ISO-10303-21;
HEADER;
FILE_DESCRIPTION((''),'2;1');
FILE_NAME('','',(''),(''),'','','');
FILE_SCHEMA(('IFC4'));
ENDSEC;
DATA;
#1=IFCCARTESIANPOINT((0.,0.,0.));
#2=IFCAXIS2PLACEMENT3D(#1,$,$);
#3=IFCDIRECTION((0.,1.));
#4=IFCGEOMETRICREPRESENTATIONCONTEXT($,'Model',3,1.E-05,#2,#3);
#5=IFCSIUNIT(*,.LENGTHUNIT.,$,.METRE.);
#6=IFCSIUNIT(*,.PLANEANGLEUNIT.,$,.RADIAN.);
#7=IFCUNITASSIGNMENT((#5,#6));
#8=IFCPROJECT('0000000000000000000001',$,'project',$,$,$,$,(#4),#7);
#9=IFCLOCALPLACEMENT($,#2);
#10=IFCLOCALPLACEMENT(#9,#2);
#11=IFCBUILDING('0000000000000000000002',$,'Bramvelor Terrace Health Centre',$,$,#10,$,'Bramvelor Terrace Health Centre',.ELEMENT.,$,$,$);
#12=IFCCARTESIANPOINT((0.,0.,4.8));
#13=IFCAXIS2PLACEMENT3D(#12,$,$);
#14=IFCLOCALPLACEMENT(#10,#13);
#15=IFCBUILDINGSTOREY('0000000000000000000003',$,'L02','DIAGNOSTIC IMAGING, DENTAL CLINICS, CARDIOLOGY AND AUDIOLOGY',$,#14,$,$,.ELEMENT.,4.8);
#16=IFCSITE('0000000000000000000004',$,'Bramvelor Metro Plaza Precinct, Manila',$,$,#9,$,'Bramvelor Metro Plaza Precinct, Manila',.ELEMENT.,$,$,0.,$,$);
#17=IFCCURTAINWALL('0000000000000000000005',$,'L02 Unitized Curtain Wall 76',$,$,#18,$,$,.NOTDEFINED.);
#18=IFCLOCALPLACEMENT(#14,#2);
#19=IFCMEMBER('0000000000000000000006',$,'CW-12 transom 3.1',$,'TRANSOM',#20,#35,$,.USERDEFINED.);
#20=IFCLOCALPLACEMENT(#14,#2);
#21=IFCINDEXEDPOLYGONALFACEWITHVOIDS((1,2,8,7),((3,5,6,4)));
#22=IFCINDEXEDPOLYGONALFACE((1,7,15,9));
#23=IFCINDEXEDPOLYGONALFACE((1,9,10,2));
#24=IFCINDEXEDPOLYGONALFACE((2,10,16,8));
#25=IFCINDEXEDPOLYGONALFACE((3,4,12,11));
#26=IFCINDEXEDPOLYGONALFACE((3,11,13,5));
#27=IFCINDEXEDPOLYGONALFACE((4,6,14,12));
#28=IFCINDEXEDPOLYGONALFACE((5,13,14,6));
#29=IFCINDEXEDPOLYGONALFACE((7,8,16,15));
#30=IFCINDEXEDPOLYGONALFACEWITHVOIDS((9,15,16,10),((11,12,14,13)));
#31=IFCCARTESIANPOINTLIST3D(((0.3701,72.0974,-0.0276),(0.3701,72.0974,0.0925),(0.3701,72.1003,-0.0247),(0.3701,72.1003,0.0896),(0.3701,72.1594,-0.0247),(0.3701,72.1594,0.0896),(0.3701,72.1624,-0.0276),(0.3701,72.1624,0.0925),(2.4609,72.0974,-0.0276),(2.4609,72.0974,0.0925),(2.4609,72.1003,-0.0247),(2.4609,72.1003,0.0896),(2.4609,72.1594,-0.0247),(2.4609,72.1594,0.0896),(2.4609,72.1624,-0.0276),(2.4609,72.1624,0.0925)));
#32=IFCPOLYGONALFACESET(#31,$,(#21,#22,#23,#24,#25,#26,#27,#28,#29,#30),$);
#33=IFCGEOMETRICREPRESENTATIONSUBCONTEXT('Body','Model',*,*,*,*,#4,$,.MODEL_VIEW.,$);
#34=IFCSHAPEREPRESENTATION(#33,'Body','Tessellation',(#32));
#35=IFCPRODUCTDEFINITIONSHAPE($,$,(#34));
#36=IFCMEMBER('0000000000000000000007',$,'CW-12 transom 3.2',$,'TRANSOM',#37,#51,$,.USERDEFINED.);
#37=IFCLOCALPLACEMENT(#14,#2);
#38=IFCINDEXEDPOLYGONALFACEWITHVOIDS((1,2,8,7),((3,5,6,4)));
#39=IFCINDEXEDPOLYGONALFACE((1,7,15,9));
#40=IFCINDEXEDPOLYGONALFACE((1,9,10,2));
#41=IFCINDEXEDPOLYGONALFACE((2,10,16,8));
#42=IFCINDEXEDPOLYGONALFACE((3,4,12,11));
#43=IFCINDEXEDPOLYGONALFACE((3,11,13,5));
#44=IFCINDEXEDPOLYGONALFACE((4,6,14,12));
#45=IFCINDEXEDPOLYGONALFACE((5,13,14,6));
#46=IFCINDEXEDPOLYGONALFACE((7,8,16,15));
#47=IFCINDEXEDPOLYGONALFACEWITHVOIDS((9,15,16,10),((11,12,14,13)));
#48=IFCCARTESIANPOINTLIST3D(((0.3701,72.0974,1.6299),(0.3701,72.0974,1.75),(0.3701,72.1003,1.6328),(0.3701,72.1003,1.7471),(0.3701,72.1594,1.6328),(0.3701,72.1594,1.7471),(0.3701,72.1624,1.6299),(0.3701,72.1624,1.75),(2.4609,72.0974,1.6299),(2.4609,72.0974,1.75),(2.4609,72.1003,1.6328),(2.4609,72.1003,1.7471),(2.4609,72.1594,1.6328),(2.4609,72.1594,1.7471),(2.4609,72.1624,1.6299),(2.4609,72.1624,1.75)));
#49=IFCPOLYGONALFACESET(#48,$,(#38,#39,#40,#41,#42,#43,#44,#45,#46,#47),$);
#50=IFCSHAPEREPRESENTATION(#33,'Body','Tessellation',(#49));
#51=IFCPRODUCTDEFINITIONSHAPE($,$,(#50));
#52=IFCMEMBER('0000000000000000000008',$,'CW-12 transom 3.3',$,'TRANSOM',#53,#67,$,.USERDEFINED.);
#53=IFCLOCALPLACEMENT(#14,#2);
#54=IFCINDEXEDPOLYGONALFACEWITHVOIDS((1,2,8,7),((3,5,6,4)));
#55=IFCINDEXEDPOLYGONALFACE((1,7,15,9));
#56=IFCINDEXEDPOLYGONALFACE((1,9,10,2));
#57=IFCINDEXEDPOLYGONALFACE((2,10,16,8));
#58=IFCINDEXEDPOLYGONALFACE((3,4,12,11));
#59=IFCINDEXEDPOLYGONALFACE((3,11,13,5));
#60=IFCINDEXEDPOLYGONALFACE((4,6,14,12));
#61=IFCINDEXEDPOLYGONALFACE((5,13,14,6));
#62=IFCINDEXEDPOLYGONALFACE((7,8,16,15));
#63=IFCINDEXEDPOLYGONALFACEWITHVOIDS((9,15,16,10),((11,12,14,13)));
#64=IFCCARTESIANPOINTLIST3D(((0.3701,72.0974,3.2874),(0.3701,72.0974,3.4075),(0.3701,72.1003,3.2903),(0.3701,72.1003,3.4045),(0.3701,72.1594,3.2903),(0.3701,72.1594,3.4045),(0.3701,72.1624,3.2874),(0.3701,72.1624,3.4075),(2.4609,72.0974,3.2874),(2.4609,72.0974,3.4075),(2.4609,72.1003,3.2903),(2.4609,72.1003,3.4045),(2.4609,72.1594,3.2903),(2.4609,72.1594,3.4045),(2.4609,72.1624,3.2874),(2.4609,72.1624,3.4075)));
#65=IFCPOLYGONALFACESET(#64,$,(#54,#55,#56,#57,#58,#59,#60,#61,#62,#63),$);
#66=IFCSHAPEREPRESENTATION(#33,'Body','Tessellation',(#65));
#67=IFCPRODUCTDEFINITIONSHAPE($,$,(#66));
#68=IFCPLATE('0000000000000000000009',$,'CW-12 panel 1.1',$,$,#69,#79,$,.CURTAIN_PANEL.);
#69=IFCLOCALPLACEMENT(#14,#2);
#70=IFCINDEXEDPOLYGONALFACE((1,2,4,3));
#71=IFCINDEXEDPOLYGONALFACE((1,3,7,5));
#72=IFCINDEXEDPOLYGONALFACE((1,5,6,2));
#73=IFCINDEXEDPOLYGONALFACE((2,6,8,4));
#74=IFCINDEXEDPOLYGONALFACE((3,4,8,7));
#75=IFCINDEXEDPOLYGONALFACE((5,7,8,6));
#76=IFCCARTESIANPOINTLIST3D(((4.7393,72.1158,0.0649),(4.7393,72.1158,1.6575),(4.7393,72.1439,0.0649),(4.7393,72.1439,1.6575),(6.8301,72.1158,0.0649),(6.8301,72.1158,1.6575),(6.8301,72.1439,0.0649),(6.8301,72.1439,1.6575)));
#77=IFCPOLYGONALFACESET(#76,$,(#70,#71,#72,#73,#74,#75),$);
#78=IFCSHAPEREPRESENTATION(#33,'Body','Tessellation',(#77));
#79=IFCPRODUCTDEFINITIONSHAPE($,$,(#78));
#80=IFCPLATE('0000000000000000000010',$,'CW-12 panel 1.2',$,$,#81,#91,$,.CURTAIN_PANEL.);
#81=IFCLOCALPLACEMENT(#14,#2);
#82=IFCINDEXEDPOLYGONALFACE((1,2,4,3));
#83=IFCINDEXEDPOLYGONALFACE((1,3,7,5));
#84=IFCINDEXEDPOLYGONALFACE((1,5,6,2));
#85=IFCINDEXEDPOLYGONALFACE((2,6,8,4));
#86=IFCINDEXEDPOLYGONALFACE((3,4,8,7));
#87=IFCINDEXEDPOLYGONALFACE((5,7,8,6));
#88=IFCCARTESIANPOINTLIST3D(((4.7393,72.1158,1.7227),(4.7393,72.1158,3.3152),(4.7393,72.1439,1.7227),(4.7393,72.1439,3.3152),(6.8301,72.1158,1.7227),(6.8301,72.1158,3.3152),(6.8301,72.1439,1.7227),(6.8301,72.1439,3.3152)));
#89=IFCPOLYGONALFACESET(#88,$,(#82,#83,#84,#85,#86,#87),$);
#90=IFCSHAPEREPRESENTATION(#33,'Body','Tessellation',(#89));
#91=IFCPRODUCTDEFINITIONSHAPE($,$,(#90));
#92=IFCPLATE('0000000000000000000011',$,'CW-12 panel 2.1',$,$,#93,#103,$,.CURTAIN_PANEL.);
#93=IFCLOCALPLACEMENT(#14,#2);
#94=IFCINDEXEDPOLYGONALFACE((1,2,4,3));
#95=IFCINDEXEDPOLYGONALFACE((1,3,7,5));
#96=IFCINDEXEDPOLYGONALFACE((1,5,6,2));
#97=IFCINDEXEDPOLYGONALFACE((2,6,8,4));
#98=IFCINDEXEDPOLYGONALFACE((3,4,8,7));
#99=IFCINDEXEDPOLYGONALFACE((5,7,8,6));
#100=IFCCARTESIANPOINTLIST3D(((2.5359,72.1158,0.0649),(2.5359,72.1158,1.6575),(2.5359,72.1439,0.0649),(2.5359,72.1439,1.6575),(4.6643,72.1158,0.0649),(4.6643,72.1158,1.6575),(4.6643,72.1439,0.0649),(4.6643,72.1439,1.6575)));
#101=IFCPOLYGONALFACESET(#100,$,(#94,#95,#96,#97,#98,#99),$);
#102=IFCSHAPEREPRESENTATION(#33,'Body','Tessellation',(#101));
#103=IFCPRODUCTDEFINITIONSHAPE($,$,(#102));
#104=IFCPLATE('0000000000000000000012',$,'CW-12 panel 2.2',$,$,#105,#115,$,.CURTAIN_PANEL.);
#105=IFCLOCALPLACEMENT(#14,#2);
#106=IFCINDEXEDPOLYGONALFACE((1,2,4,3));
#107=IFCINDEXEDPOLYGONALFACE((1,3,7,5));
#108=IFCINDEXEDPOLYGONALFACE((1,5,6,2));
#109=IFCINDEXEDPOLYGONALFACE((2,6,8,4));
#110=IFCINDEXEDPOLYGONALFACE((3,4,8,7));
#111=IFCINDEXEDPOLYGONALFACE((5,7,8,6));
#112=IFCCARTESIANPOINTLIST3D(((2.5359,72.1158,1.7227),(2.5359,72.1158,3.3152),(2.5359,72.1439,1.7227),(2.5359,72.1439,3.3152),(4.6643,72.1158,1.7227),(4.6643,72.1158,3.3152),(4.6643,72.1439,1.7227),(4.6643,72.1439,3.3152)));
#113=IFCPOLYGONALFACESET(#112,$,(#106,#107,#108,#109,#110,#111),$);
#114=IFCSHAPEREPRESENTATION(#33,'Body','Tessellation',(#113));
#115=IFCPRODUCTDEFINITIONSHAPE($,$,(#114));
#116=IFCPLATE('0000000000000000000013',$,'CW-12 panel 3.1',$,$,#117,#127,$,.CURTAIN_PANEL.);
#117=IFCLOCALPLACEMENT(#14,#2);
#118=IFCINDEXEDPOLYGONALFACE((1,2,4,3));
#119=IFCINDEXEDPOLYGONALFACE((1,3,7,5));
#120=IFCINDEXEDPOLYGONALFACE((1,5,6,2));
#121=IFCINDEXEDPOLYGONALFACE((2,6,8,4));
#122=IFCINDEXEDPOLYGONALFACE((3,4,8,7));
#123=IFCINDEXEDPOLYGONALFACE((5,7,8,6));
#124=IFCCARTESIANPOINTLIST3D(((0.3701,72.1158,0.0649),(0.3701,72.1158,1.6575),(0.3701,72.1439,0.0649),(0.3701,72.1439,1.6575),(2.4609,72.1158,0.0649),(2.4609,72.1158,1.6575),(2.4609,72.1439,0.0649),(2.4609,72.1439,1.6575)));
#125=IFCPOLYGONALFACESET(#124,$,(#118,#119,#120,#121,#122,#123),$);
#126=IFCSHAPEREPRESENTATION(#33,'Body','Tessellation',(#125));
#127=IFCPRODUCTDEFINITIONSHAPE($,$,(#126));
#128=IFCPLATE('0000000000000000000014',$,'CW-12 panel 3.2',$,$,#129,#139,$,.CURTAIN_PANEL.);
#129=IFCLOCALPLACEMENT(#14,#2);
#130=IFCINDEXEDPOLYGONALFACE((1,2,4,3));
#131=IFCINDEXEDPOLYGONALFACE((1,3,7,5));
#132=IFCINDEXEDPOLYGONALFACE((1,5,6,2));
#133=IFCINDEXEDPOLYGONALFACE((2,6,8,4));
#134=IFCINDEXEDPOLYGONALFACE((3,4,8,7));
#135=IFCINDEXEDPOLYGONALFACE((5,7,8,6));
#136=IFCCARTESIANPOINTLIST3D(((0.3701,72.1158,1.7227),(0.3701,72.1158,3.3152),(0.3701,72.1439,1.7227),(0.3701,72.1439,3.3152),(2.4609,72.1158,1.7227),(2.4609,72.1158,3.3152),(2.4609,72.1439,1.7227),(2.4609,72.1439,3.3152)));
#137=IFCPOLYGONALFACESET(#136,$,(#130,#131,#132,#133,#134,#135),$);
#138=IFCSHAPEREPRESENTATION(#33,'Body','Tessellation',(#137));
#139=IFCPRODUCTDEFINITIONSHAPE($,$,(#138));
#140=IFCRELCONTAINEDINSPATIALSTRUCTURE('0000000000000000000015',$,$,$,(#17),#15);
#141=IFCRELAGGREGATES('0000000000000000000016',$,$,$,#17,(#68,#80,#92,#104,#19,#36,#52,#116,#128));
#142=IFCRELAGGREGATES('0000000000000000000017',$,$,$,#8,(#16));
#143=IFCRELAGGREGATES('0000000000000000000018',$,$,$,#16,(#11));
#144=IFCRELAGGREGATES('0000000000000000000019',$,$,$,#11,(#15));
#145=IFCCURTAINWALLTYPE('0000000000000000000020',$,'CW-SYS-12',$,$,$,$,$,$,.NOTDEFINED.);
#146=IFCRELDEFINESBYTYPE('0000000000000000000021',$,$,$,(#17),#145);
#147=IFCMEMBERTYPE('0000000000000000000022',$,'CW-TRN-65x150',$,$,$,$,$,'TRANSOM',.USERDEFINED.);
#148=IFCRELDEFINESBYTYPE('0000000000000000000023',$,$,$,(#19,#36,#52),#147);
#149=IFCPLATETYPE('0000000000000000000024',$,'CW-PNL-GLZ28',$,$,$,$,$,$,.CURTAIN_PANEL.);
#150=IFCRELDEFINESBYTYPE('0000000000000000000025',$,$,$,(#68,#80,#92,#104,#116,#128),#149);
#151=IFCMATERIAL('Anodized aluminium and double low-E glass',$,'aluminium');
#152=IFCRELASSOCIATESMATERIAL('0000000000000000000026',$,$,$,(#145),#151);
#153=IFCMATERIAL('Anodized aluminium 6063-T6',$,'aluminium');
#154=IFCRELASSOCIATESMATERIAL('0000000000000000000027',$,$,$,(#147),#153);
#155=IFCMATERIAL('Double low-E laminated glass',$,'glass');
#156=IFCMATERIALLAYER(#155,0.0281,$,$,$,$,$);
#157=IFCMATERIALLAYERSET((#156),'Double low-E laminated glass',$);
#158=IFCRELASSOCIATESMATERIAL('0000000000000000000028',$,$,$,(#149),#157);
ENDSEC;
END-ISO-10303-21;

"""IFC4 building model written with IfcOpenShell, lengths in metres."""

from ifc_helpers import new_model, si_unit, direction, frame, origin, origin_2d, place, context, subcontext, project, spatial, rectangle, hollow_rectangle, extrude, material, layer, layer_set, material_profile, profile_set, type_object, element, aggregate, save


model = new_model("IFC4")

# Units and contexts
model_context = context("Model", 3, precision=1e-05, world=origin(), true_north=direction((0.0, 1.0)))
body_context = subcontext(model_context, "Body", "Model", "MODEL_VIEW")
ifc_project = project(units=[si_unit("LENGTHUNIT", "METRE"), si_unit("PLANEANGLEUNIT", "RADIAN")], contexts=[model_context])

# Site, building, storey
site_placement = place(None, origin())
site = spatial("IfcSite", under=ifc_project, at=site_placement, Name="Bramvelor Metro Plaza Precinct, Manila", LongName="Bramvelor Metro Plaza Precinct, Manila", CompositionType="ELEMENT", RefElevation=0.0)
building_placement = place(site_placement, origin())
building = spatial("IfcBuilding", under=site, at=building_placement, Name="Bramvelor Terrace Health Centre", LongName="Bramvelor Terrace Health Centre", CompositionType="ELEMENT")
storey_placement = place(building_placement, frame((0.0, 0.0, 4.8)))
storey = spatial("IfcBuildingStorey", under=building, at=storey_placement, Name="L02", Description="DIAGNOSTIC IMAGING, DENTAL CLINICS, CARDIOLOGY AND AUDIOLOGY", CompositionType="ELEMENT", Elevation=4.8)

# Curtain wall, members, plates
ifc_material_1 = material(Name="Anodized aluminium and double low-E glass", Category="aluminium")
curtain_wall_type = type_object("IfcCurtainWallType", Name="CW-SYS-12", PredefinedType="NOTDEFINED", material=ifc_material_1)
curtain_wall_placement = place(storey_placement, origin())
curtain_wall = element("IfcCurtainWall", 1, at=curtain_wall_placement, inside=storey, type_object=curtain_wall_type, Name="L02 Unitized Curtain Wall 76", PredefinedType="NOTDEFINED")
ifc_material_2 = material(Name="Anodized aluminium 6063-T6", Category="aluminium")
ifc_material_profile_1 = material_profile(ifc_material_2, hollow_rectangle(XDim=0.0649, YDim=0.1201, WallThickness=0.0029, at=origin_2d()), Name="ALU-TRN 65x120x3.0")
ifc_profile_set_1 = profile_set([ifc_material_profile_1], Name="Anodized aluminium 6063-T6")
member_type_1 = type_object("IfcMemberType", Name="CW-TRN-65x150", ElementType="TRANSOM", PredefinedType="USERDEFINED", material=ifc_profile_set_1)
member_1_placement = place(storey_placement, frame((2.4609, 72.1299, 0.0325), z_axis=(-1.0, 0.0, 0.0), x_axis=(0.0, -1.0, 0.0)))
member_1 = element("IfcMember", 2, at=member_1_placement, type_object=member_type_1, Name="CW-12 transom 3.1", ObjectType="TRANSOM", PredefinedType="USERDEFINED", context=body_context, shape_type="SweptSolid", body=[
    extrude(hollow_rectangle(XDim=0.0649, YDim=0.1201, WallThickness=0.0029, at=origin_2d()), origin(), (0.0, 0.0, 1.0), 2.0908),
])
member_2_placement = place(storey_placement, frame((2.4609, 72.1299, 1.6899), z_axis=(-1.0, 0.0, 0.0), x_axis=(0.0, -1.0, 0.0)))
member_2 = element("IfcMember", 3, at=member_2_placement, type_object=member_type_1, Name="CW-12 transom 3.2", ObjectType="TRANSOM", PredefinedType="USERDEFINED", context=body_context, shape_type="SweptSolid", body=[
    extrude(hollow_rectangle(XDim=0.0649, YDim=0.1201, WallThickness=0.0029, at=origin_2d()), origin(), (0.0, 0.0, 1.0), 2.0908),
])
member_3_placement = place(storey_placement, frame((2.4609, 72.1299, 3.3474), z_axis=(-1.0, 0.0, 0.0), x_axis=(0.0, -1.0, 0.0)))
member_3 = element("IfcMember", 4, at=member_3_placement, type_object=member_type_1, Name="CW-12 transom 3.3", ObjectType="TRANSOM", PredefinedType="USERDEFINED", context=body_context, shape_type="SweptSolid", body=[
    extrude(hollow_rectangle(XDim=0.0649, YDim=0.1201, WallThickness=0.0029, at=origin_2d()), origin(), (0.0, 0.0, 1.0), 2.0908),
])
ifc_material_3 = material(Name="Double low-E laminated glass", Category="glass")
ifc_layer = layer(ifc_material_3, 0.0281)
ifc_layer_set = layer_set([ifc_layer], Name="Double low-E laminated glass")
plate_type = type_object("IfcPlateType", Name="CW-PNL-GLZ28", PredefinedType="CURTAIN_PANEL", material=ifc_layer_set)
plate_1_placement = place(storey_placement, frame((5.7847, 72.1299, 0.0649), z_axis=(0.0, 0.0, 1.0), x_axis=(-1.0, 0.0, 0.0)))
plate_1 = element("IfcPlate", 5, at=plate_1_placement, type_object=plate_type, Name="CW-12 panel 1.1", PredefinedType="CURTAIN_PANEL", context=body_context, shape_type="SweptSolid", body=[
    extrude(rectangle(XDim=2.0908, YDim=0.0281, at=origin_2d()), origin(), (0.0, 0.0, 1.0), 1.5925),
])
plate_2_placement = place(storey_placement, frame((5.7847, 72.1299, 1.7227), z_axis=(0.0, 0.0, 1.0), x_axis=(-1.0, 0.0, 0.0)))
plate_2 = element("IfcPlate", 6, at=plate_2_placement, type_object=plate_type, Name="CW-12 panel 1.2", PredefinedType="CURTAIN_PANEL", context=body_context, shape_type="SweptSolid", body=[
    extrude(rectangle(XDim=2.0908, YDim=0.0281, at=origin_2d()), origin(), (0.0, 0.0, 1.0), 1.5925),
])
plate_3_placement = place(storey_placement, frame((3.6001, 72.1299, 0.0649), z_axis=(0.0, 0.0, 1.0), x_axis=(-1.0, 0.0, 0.0)))
plate_3 = element("IfcPlate", 7, at=plate_3_placement, type_object=plate_type, Name="CW-12 panel 2.1", PredefinedType="CURTAIN_PANEL", context=body_context, shape_type="SweptSolid", body=[
    extrude(rectangle(XDim=2.1284, YDim=0.0281, at=origin_2d()), origin(), (0.0, 0.0, 1.0), 1.5925),
])
plate_4_placement = place(storey_placement, frame((3.6001, 72.1299, 1.7227), z_axis=(0.0, 0.0, 1.0), x_axis=(-1.0, 0.0, 0.0)))
plate_4 = element("IfcPlate", 8, at=plate_4_placement, type_object=plate_type, Name="CW-12 panel 2.2", PredefinedType="CURTAIN_PANEL", context=body_context, shape_type="SweptSolid", body=[
    extrude(rectangle(XDim=2.1284, YDim=0.0281, at=origin_2d()), origin(), (0.0, 0.0, 1.0), 1.5925),
])
plate_5_placement = place(storey_placement, frame((1.4155, 72.1299, 0.0649), z_axis=(0.0, 0.0, 1.0), x_axis=(-1.0, 0.0, 0.0)))
plate_5 = element("IfcPlate", 9, at=plate_5_placement, type_object=plate_type, Name="CW-12 panel 3.1", PredefinedType="CURTAIN_PANEL", context=body_context, shape_type="SweptSolid", body=[
    extrude(rectangle(XDim=2.0908, YDim=0.0281, at=origin_2d()), origin(), (0.0, 0.0, 1.0), 1.5925),
])
plate_6_placement = place(storey_placement, frame((1.4155, 72.1299, 1.7227), z_axis=(0.0, 0.0, 1.0), x_axis=(-1.0, 0.0, 0.0)))
plate_6 = element("IfcPlate", 10, at=plate_6_placement, type_object=plate_type, Name="CW-12 panel 3.2", PredefinedType="CURTAIN_PANEL", context=body_context, shape_type="SweptSolid", body=[
    extrude(rectangle(XDim=2.0908, YDim=0.0281, at=origin_2d()), origin(), (0.0, 0.0, 1.0), 1.5925),
])
aggregate(curtain_wall, [plate_1, plate_2, plate_3, plate_4, member_1, member_2, member_3, plate_5, plate_6])

save(model, "model.ifc")
